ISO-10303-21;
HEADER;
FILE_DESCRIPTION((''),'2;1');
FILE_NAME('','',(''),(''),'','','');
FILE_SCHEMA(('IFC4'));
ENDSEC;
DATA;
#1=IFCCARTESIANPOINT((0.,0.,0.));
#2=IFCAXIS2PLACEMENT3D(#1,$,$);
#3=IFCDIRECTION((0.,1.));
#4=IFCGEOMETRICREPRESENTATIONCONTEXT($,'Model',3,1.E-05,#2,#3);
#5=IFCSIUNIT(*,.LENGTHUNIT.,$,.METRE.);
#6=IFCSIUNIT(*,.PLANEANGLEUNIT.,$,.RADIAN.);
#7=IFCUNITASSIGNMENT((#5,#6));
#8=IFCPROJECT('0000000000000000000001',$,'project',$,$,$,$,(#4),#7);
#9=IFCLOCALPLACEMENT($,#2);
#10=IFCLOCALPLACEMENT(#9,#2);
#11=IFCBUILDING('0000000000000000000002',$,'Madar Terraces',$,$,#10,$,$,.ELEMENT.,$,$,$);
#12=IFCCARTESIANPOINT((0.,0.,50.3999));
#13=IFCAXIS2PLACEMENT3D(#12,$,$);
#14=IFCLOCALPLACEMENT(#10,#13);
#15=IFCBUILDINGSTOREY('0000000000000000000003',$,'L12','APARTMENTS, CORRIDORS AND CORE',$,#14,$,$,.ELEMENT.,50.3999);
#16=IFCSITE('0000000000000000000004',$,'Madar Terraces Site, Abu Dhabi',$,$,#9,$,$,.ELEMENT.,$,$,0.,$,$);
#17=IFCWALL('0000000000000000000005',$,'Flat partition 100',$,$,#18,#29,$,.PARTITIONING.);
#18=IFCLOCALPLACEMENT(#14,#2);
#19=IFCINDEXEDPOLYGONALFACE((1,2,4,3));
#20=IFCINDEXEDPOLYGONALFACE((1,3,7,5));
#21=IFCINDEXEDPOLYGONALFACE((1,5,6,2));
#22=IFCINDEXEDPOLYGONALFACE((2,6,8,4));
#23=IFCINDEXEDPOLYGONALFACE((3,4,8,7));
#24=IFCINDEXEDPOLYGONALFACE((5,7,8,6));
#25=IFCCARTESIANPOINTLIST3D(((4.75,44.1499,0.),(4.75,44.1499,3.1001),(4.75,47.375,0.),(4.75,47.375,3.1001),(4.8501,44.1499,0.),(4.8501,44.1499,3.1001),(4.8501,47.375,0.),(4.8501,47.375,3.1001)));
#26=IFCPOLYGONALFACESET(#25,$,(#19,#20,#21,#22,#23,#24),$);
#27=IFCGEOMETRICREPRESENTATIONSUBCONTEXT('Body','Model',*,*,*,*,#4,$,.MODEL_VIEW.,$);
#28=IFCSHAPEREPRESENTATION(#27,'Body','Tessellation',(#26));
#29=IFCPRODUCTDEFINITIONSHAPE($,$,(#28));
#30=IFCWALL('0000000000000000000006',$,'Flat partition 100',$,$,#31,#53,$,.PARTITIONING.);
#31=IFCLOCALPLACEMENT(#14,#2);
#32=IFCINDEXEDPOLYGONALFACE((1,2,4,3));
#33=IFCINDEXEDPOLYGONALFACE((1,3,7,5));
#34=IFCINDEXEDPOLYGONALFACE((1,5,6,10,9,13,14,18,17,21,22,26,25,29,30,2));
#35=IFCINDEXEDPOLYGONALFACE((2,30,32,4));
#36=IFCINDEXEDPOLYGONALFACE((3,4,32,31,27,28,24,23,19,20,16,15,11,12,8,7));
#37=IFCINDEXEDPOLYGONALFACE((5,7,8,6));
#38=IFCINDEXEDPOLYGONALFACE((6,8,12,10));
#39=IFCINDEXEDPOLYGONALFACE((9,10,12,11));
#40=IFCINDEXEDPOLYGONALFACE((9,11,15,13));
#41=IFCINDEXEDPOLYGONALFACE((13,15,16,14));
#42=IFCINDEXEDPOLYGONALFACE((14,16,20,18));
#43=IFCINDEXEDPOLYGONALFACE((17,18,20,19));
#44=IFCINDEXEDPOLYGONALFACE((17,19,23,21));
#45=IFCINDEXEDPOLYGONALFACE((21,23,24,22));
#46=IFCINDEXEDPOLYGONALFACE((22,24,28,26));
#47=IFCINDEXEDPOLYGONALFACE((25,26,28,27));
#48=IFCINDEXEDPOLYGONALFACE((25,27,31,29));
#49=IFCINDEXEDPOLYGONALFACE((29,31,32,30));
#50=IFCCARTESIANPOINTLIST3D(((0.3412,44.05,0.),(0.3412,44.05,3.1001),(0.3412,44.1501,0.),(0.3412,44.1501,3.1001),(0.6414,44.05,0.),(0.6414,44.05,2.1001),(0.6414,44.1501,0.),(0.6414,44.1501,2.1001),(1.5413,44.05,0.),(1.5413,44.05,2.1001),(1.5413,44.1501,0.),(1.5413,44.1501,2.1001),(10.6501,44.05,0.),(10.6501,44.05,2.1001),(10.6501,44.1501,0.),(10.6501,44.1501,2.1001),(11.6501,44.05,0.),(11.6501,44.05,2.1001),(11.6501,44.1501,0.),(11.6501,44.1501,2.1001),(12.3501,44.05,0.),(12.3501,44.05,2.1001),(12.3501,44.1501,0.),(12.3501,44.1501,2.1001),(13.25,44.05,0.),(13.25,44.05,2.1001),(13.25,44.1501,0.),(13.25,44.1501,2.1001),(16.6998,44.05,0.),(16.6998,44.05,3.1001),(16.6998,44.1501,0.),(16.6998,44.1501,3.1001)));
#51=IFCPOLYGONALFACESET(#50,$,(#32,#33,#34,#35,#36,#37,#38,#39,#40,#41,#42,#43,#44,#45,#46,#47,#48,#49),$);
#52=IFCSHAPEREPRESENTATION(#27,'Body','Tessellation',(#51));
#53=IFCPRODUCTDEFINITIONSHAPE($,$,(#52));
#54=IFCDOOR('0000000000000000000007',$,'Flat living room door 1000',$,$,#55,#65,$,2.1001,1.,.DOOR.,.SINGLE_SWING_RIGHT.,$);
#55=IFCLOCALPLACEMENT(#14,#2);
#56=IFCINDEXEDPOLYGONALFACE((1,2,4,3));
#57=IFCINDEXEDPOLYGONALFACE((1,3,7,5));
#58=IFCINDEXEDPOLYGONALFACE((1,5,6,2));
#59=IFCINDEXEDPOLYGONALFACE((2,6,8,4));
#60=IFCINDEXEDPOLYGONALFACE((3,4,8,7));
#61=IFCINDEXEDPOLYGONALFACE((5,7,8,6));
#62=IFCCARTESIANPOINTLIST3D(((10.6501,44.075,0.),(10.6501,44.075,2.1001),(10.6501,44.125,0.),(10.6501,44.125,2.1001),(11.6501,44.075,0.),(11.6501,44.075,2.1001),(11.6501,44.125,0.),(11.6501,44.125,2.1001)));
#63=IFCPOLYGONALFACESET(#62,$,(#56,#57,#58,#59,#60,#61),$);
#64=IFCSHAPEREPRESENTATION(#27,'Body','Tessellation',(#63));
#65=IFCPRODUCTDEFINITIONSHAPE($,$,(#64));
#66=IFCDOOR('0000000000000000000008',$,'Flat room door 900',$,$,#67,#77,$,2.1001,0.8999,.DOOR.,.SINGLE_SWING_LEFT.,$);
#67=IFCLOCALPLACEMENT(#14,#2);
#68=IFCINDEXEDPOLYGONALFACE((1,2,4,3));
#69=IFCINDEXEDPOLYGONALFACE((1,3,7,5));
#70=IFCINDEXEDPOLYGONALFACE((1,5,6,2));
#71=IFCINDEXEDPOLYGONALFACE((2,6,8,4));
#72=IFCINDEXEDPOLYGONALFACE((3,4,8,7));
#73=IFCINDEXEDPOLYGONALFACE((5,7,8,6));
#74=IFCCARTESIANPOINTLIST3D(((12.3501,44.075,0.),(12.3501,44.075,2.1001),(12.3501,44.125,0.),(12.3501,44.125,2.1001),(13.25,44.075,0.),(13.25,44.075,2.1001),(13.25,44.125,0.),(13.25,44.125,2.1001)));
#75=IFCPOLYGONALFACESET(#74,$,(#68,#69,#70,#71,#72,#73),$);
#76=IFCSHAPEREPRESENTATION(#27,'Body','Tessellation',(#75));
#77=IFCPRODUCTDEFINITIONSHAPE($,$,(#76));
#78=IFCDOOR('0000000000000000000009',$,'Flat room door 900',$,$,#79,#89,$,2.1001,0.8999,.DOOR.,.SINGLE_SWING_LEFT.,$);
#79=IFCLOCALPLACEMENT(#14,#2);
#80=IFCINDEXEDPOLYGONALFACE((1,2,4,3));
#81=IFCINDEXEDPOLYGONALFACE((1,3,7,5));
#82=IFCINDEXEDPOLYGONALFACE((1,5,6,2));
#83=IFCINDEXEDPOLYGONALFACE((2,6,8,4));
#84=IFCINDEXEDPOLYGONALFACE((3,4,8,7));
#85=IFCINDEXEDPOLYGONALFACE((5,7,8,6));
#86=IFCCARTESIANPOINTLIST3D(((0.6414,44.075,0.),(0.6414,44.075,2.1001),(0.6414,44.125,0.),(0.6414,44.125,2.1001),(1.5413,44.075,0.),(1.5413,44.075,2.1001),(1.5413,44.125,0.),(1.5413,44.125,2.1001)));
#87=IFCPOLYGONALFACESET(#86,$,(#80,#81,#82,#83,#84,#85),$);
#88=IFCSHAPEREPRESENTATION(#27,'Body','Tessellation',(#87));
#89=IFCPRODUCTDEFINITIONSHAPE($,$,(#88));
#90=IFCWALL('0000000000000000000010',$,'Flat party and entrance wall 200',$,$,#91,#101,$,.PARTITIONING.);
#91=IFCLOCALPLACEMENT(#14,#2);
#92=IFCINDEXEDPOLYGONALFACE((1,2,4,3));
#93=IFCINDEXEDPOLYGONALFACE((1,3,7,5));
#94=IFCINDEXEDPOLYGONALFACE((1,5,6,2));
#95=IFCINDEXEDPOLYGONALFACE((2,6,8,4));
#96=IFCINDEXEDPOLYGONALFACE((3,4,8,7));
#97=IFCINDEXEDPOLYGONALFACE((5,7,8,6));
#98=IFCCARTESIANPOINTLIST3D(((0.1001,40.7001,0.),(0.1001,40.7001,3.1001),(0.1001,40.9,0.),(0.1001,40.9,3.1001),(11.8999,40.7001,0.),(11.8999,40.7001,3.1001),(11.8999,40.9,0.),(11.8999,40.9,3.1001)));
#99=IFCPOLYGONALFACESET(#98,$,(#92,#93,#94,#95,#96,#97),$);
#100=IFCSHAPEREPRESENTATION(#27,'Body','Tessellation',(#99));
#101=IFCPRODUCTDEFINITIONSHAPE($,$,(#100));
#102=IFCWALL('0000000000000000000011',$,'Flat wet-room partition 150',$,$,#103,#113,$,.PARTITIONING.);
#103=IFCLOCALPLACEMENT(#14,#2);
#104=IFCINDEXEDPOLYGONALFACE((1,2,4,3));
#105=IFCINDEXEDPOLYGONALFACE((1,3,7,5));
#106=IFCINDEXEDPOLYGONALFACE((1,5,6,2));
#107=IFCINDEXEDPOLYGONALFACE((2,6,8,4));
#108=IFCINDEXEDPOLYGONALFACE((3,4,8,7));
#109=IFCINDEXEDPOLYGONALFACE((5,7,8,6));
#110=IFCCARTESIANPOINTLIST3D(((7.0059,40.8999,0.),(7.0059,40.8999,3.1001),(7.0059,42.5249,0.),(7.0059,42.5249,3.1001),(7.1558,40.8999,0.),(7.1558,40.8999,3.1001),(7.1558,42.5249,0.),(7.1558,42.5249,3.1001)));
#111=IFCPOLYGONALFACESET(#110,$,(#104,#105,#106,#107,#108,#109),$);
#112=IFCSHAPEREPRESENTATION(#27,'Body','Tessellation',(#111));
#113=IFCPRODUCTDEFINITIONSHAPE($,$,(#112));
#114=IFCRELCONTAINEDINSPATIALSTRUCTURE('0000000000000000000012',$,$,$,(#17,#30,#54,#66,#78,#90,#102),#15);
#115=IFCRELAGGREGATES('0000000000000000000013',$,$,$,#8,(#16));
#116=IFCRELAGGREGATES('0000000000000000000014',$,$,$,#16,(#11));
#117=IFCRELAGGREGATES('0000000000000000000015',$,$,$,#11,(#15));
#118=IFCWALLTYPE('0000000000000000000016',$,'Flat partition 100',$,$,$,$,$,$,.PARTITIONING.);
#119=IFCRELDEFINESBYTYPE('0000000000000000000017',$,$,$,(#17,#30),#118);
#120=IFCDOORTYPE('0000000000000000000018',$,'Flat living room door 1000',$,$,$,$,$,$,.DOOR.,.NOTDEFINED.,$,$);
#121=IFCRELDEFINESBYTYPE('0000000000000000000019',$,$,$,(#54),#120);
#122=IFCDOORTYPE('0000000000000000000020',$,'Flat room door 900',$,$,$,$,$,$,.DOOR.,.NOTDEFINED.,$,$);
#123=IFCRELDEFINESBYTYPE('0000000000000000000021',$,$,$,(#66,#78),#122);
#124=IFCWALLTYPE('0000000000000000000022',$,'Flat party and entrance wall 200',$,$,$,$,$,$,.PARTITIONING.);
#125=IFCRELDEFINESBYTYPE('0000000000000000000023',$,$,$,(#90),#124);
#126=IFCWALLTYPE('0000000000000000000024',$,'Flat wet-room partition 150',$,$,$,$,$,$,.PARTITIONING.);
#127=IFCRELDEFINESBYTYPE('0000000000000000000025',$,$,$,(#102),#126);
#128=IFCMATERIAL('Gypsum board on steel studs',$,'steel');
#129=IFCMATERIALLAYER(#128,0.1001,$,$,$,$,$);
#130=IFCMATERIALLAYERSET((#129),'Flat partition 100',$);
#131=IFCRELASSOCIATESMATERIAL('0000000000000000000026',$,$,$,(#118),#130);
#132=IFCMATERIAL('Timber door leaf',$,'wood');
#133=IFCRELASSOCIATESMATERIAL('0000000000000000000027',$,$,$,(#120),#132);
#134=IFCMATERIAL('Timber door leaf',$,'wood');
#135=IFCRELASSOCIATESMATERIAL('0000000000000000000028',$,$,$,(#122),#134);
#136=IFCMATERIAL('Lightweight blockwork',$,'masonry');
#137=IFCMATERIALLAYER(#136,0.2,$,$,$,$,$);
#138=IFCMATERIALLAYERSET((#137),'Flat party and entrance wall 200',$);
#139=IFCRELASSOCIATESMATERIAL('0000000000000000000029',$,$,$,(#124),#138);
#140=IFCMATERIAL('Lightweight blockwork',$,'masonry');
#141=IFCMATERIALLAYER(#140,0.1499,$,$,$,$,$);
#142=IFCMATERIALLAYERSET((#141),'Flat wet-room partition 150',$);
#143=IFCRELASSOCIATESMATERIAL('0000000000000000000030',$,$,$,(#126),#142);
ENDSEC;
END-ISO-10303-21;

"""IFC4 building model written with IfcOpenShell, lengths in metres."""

from ifc_helpers import new_model, si_unit, direction, frame, frame_2d, origin, place, context, subcontext, project, spatial, rectangle, extrude, material, layer, layer_set, type_object, element, fill, save


model = new_model("IFC4")

# Units and contexts
model_context = context("Model", 3, precision=1e-05, world=origin(), true_north=direction((0.0, 1.0)))
body_context = subcontext(model_context, "Body", "Model", "MODEL_VIEW")
ifc_project = project(units=[si_unit("LENGTHUNIT", "METRE"), si_unit("PLANEANGLEUNIT", "RADIAN")], contexts=[model_context])

# Site, building, storey
site_placement = place(None, origin())
site = spatial("IfcSite", under=ifc_project, at=site_placement, Name="Madar Terraces Site, Abu Dhabi", CompositionType="ELEMENT", RefElevation=0.0)
building_placement = place(site_placement, origin())
building = spatial("IfcBuilding", under=site, at=building_placement, Name="Madar Terraces", CompositionType="ELEMENT")
storey_placement = place(building_placement, frame((0.0, 0.0, 50.3999)))
storey = spatial("IfcBuildingStorey", under=building, at=storey_placement, Name="L12", Description="APARTMENTS, CORRIDORS AND CORE", CompositionType="ELEMENT", Elevation=50.3999)

# Wall
ifc_material_1 = material(Name="Gypsum board on steel studs", Category="steel")
ifc_layer_1 = layer(ifc_material_1, 0.1001)
ifc_layer_set_1 = layer_set([ifc_layer_1], Name="Flat partition 100")
wall_type_1 = type_object("IfcWallType", Name="Flat partition 100", PredefinedType="PARTITIONING", material=ifc_layer_set_1)
wall_1_placement = place(storey_placement, frame((4.8, 44.1499, 0.0), z_axis=(0.0, 0.0, 1.0), x_axis=(0.0, 1.0, 0.0)))
element("IfcWall", 1, at=wall_1_placement, inside=storey, type_object=wall_type_1, Name="Flat partition 100", PredefinedType="PARTITIONING", context=body_context, shape_type="SweptSolid", body=[
    extrude(rectangle(XDim=3.2251, YDim=0.1001, at=frame_2d((1.6125, 0.0))), origin(), (0.0, 0.0, 1.0), 3.1001),
])

# Wall, openings, doors
wall_2_placement = place(storey_placement, frame((0.3413, 44.1001, 0.0), z_axis=(0.0, 0.0, 1.0), x_axis=(1.0, 0.0, 0.0)))
wall_2 = element("IfcWall", 2, at=wall_2_placement, inside=storey, type_object=wall_type_1, Name="Flat partition 100", PredefinedType="PARTITIONING", context=body_context, shape_type="SweptSolid", body=[
    extrude(rectangle(XDim=16.3586, YDim=0.1001, at=frame_2d((8.1792, 0.0))), origin(), (0.0, 0.0, 1.0), 3.1001),
])
opening_1_placement = place(wall_2_placement, frame((12.0088, 0.0, 0.0)))
opening_1 = element("IfcOpeningElement", 3, at=opening_1_placement, cuts=wall_2, PredefinedType="OPENING", context=body_context, shape_type="SweptSolid", body=[
    extrude(rectangle(XDim=0.8999, YDim=2.1001, at=frame_2d((0.45, 1.05))), frame((0.0, 0.0601, 0.0), z_axis=(0.0, -1.0, 0.0), x_axis=(1.0, 0.0, 0.0)), (0.0, 0.0, 1.0), 0.1201),
])
opening_2_placement = place(wall_2_placement, frame((10.3088, 0.0, 0.0)))
opening_2 = element("IfcOpeningElement", 4, at=opening_2_placement, cuts=wall_2, PredefinedType="OPENING", context=body_context, shape_type="SweptSolid", body=[
    extrude(rectangle(XDim=1.0, YDim=2.1001, at=frame_2d((0.5, 1.05))), frame((0.0, 0.0601, 0.0), z_axis=(0.0, -1.0, 0.0), x_axis=(1.0, 0.0, 0.0)), (0.0, 0.0, 1.0), 0.1201),
])
opening_3_placement = place(wall_2_placement, frame((0.3, 0.0, 0.0)))
opening_3 = element("IfcOpeningElement", 5, at=opening_3_placement, cuts=wall_2, PredefinedType="OPENING", context=body_context, shape_type="SweptSolid", body=[
    extrude(rectangle(XDim=0.8999, YDim=2.1001, at=frame_2d((0.45, 1.05))), frame((0.0, 0.0601, 0.0), z_axis=(0.0, -1.0, 0.0), x_axis=(1.0, 0.0, 0.0)), (0.0, 0.0, 1.0), 0.1201),
])
ifc_material_2 = material(Name="Timber door leaf", Category="wood")
door_type_1 = type_object("IfcDoorType", Name="Flat living room door 1000", OperationType="NOTDEFINED", PredefinedType="DOOR", material=ifc_material_2)
door_1_placement = place(opening_2_placement, origin())
door_1 = element("IfcDoor", 6, at=door_1_placement, inside=storey, type_object=door_type_1, Name="Flat living room door 1000", OperationType="SINGLE_SWING_RIGHT", OverallHeight=2.1001, OverallWidth=1.0, PredefinedType="DOOR", context=body_context, shape_type="SweptSolid", body=[
    extrude(rectangle(XDim=1.0, YDim=2.1001, at=frame_2d((0.5, 1.05))), frame((0.0, 0.0249, 0.0), z_axis=(0.0, -1.0, 0.0), x_axis=(1.0, 0.0, 0.0)), (0.0, 0.0, 1.0), 0.05),
])
fill(opening_2, door_1)
ifc_material_3 = material(Name="Timber door leaf", Category="wood")
door_type_2 = type_object("IfcDoorType", Name="Flat room door 900", OperationType="NOTDEFINED", PredefinedType="DOOR", material=ifc_material_3)
door_2_placement = place(opening_1_placement, origin())
door_2 = element("IfcDoor", 7, at=door_2_placement, inside=storey, type_object=door_type_2, Name="Flat room door 900", OperationType="SINGLE_SWING_LEFT", OverallHeight=2.1001, OverallWidth=0.8999, PredefinedType="DOOR", context=body_context, shape_type="SweptSolid", body=[
    extrude(rectangle(XDim=0.8999, YDim=2.1001, at=frame_2d((0.45, 1.05))), frame((0.0, 0.0249, 0.0), z_axis=(0.0, -1.0, 0.0), x_axis=(1.0, 0.0, 0.0)), (0.0, 0.0, 1.0), 0.05),
])
fill(opening_1, door_2)
door_3_placement = place(opening_3_placement, origin())
door_3 = element("IfcDoor", 8, at=door_3_placement, inside=storey, type_object=door_type_2, Name="Flat room door 900", OperationType="SINGLE_SWING_LEFT", OverallHeight=2.1001, OverallWidth=0.8999, PredefinedType="DOOR", context=body_context, shape_type="SweptSolid", body=[
    extrude(rectangle(XDim=0.8999, YDim=2.1001, at=frame_2d((0.45, 1.05))), frame((0.0, 0.0249, 0.0), z_axis=(0.0, -1.0, 0.0), x_axis=(1.0, 0.0, 0.0)), (0.0, 0.0, 1.0), 0.05),
])
fill(opening_3, door_3)

# Walls
ifc_material_4 = material(Name="Lightweight blockwork", Category="masonry")
ifc_layer_2 = layer(ifc_material_4, 0.2)
ifc_layer_set_2 = layer_set([ifc_layer_2], Name="Flat party and entrance wall 200")
wall_type_2 = type_object("IfcWallType", Name="Flat party and entrance wall 200", PredefinedType="PARTITIONING", material=ifc_layer_set_2)
wall_3_placement = place(storey_placement, frame((0.1001, 40.8, 0.0), z_axis=(0.0, 0.0, 1.0), x_axis=(1.0, 0.0, 0.0)))
element("IfcWall", 9, at=wall_3_placement, inside=storey, type_object=wall_type_2, Name="Flat party and entrance wall 200", PredefinedType="PARTITIONING", context=body_context, shape_type="SweptSolid", body=[
    extrude(rectangle(XDim=11.7998, YDim=0.2, at=frame_2d((5.8999, 0.0))), origin(), (0.0, 0.0, 1.0), 3.1001),
])
ifc_material_5 = material(Name="Lightweight blockwork", Category="masonry")
ifc_layer_3 = layer(ifc_material_5, 0.1499)
ifc_layer_set_3 = layer_set([ifc_layer_3], Name="Flat wet-room partition 150")
wall_type_3 = type_object("IfcWallType", Name="Flat wet-room partition 150", PredefinedType="PARTITIONING", material=ifc_layer_set_3)
wall_4_placement = place(storey_placement, frame((7.0808, 40.8999, 0.0), z_axis=(0.0, 0.0, 1.0), x_axis=(0.0, 1.0, 0.0)))
element("IfcWall", 10, at=wall_4_placement, inside=storey, type_object=wall_type_3, Name="Flat wet-room partition 150", PredefinedType="PARTITIONING", context=body_context, shape_type="SweptSolid", body=[
    extrude(rectangle(XDim=1.625, YDim=0.1499, at=frame_2d((0.8125, 0.0))), origin(), (0.0, 0.0, 1.0), 3.1001),
])

save(model, "model.ifc")
